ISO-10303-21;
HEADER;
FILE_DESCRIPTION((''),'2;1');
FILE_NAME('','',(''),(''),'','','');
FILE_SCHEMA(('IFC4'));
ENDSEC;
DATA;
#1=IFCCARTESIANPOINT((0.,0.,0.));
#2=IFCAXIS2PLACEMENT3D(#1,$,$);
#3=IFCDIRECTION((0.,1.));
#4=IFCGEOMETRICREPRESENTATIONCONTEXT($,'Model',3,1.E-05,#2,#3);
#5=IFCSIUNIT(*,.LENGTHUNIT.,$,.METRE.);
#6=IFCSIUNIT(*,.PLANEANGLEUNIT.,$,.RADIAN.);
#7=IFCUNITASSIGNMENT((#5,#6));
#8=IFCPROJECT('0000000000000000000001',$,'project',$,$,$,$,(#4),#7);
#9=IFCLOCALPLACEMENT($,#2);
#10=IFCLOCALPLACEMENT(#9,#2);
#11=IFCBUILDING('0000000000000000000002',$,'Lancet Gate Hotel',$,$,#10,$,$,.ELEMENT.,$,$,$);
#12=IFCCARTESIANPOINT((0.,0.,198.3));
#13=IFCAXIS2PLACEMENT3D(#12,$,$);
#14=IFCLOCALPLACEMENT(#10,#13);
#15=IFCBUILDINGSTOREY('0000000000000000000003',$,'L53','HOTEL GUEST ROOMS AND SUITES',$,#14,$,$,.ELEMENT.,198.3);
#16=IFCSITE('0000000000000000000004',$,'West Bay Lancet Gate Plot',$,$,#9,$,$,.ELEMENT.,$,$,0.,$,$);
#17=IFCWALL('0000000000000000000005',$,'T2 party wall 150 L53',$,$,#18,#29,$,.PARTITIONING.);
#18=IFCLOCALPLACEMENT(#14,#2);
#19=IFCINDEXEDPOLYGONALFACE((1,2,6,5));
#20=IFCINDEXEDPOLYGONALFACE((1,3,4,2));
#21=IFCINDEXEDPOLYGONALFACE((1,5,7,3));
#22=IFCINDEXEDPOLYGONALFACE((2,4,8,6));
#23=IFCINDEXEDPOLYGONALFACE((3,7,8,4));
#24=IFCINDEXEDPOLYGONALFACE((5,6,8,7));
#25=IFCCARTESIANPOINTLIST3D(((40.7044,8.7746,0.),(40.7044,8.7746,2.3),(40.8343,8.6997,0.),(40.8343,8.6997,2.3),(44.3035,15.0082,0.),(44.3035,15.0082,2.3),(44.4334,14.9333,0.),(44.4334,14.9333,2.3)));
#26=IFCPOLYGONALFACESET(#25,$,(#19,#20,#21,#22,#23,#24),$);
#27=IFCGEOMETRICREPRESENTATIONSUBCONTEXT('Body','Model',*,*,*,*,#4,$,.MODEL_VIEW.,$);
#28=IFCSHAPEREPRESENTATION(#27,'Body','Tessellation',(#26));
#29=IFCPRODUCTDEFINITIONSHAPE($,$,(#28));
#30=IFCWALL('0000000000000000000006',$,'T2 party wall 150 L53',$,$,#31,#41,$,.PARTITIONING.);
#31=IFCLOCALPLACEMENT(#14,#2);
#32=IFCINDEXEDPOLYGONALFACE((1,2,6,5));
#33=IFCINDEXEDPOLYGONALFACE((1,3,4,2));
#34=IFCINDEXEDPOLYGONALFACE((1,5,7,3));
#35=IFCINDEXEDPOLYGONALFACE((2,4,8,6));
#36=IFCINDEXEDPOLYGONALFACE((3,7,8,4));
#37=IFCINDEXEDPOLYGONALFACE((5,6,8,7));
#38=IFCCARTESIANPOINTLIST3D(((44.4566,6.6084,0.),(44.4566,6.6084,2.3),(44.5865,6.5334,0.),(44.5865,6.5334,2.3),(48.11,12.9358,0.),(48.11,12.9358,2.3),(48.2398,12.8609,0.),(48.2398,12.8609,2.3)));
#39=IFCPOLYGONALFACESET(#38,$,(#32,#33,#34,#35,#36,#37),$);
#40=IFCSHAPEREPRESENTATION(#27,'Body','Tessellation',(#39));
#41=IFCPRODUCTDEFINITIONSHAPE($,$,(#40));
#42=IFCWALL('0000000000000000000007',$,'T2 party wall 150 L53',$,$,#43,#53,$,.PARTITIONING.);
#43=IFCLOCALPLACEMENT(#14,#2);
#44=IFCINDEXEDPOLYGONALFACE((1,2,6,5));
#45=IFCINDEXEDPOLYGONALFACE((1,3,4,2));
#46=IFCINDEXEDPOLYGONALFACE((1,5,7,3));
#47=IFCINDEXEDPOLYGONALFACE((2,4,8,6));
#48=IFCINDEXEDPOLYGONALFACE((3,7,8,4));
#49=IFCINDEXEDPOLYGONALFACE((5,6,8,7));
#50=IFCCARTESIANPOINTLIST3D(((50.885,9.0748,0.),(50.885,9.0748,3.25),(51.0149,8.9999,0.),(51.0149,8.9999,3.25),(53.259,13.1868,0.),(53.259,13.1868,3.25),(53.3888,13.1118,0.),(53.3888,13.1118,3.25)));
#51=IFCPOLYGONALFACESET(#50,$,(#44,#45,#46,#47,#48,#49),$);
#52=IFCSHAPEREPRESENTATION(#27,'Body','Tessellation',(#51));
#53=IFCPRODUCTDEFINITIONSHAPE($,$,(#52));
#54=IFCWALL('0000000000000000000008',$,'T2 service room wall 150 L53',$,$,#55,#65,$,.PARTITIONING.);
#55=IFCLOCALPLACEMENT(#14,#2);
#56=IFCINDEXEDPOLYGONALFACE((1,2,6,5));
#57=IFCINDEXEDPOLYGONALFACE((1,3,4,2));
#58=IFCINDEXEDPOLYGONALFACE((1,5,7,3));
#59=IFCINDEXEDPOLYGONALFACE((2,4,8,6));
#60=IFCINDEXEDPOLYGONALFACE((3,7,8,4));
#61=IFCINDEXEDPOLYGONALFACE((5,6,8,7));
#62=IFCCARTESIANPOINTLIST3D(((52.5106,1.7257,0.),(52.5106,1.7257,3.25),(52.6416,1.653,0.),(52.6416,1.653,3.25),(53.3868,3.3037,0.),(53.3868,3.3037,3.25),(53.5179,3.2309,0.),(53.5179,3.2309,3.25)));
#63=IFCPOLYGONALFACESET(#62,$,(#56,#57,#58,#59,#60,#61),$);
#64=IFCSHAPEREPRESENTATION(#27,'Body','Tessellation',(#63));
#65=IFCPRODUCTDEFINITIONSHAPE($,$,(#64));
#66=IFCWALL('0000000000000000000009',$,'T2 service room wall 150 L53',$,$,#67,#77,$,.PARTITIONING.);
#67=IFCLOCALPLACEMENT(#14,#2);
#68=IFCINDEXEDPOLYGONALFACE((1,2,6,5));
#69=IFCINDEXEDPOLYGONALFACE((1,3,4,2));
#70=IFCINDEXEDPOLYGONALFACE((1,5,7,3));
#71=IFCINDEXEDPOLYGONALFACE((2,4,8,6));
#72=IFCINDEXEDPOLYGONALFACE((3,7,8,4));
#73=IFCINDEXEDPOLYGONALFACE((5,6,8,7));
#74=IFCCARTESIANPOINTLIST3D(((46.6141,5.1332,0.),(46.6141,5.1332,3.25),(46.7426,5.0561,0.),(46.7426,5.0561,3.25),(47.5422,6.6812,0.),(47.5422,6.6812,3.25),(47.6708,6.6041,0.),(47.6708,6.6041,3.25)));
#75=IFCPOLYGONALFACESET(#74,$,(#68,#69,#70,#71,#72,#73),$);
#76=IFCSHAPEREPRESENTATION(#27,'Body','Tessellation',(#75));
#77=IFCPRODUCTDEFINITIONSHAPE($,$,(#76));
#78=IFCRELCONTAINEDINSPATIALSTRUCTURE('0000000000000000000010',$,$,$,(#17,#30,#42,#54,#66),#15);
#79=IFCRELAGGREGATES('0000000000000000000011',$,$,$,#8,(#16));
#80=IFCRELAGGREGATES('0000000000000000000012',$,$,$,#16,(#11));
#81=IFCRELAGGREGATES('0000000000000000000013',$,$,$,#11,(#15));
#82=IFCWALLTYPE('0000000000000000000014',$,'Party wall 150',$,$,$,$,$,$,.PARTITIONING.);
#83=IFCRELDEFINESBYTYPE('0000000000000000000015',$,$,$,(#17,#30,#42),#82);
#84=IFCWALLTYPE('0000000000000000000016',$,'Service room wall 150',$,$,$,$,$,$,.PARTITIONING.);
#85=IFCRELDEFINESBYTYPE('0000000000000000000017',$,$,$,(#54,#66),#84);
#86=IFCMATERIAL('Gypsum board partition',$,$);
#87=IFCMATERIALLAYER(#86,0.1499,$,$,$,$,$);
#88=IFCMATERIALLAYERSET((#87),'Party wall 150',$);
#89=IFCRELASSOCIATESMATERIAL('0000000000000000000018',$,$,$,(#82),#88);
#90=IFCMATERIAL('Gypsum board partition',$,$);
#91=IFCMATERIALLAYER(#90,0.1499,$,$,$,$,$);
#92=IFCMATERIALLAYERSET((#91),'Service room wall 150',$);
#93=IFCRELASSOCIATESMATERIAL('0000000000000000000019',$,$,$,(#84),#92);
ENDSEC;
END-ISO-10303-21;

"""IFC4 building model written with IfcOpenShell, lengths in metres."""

from ifc_helpers import new_model, si_unit, direction, frame, frame_2d, origin, place, context, subcontext, project, spatial, rectangle, extrude, material, layer, layer_set, type_object, element, save


model = new_model("IFC4")

# Units and contexts
model_context = context("Model", 3, precision=1e-05, world=origin(), true_north=direction((0.0, 1.0)))
body_context = subcontext(model_context, "Body", "Model", "MODEL_VIEW")
ifc_project = project(units=[si_unit("LENGTHUNIT", "METRE"), si_unit("PLANEANGLEUNIT", "RADIAN")], contexts=[model_context])

# Site, building, storey
site_placement = place(None, origin())
site = spatial("IfcSite", under=ifc_project, at=site_placement, Name="West Bay Lancet Gate Plot", CompositionType="ELEMENT", RefElevation=0.0)
building_placement = place(site_placement, origin())
building = spatial("IfcBuilding", under=site, at=building_placement, Name="Lancet Gate Hotel", CompositionType="ELEMENT")
storey_placement = place(building_placement, frame((0.0, 0.0, 198.3)))
storey = spatial("IfcBuildingStorey", under=building, at=storey_placement, Name="L53", Description="HOTEL GUEST ROOMS AND SUITES", CompositionType="ELEMENT", Elevation=198.3)

# Walls
ifc_material_1 = material(Name="Gypsum board partition")
ifc_layer_1 = layer(ifc_material_1, 0.1499)
ifc_layer_set_1 = layer_set([ifc_layer_1], Name="Party wall 150")
wall_type_1 = type_object("IfcWallType", Name="Party wall 150", PredefinedType="PARTITIONING", material=ifc_layer_set_1)
wall_1_placement = place(storey_placement, frame((40.7693, 8.7371, 0.0), z_axis=(0.0, 0.0, 1.0), x_axis=(0.500013, 0.866018, 0.0)))
element("IfcWall", 1, at=wall_1_placement, inside=storey, type_object=wall_type_1, Name="T2 party wall 150 L53", PredefinedType="PARTITIONING", context=body_context, shape_type="SweptSolid", body=[
    extrude(rectangle(XDim=7.198, YDim=0.1499, at=frame_2d((3.5991, 0.0))), origin(), (0.0, 0.0, 1.0), 2.3),
])
wall_2_placement = place(storey_placement, frame((44.5215, 6.5708, 0.0), z_axis=(0.0, 0.0, 1.0), x_axis=(0.50002, 0.866014, 0.0)))
element("IfcWall", 2, at=wall_2_placement, inside=storey, type_object=wall_type_1, Name="T2 party wall 150 L53", PredefinedType="PARTITIONING", context=body_context, shape_type="SweptSolid", body=[
    extrude(rectangle(XDim=7.3064, YDim=0.1499, at=frame_2d((3.6533, 0.0))), origin(), (0.0, 0.0, 1.0), 2.3),
])
wall_3_placement = place(storey_placement, frame((50.95, 9.0374, 0.0), z_axis=(0.0, 0.0, 1.0), x_axis=(0.499988, 0.866032, 0.0)))
element("IfcWall", 3, at=wall_3_placement, inside=storey, type_object=wall_type_1, Name="T2 party wall 150 L53", PredefinedType="PARTITIONING", context=body_context, shape_type="SweptSolid", body=[
    extrude(rectangle(XDim=4.748, YDim=0.1499, at=frame_2d((2.374, 0.0))), origin(), (0.0, 0.0, 1.0), 3.25),
])
ifc_material_2 = material(Name="Gypsum board partition")
ifc_layer_2 = layer(ifc_material_2, 0.1499)
ifc_layer_set_2 = layer_set([ifc_layer_2], Name="Service room wall 150")
wall_type_2 = type_object("IfcWallType", Name="Service room wall 150", PredefinedType="PARTITIONING", material=ifc_layer_set_2)
for number, where, z_axis, x_axis, name in (
    (4, (52.5762, 1.6895, 0.0), (0.0, 0.0, 1.0), (0.485482, 0.874247, 0.0), "T2 service room wall 150 L53"),
    (5, (47.6064, 6.6426, 0.0), (0.0, 0.0, 1.0), (-0.514237, -0.857648, 0.0), "T2 service room wall 150 L53"),
):
    element("IfcWall", number, at=place(storey_placement, frame(where, z_axis=z_axis, x_axis=x_axis)), inside=storey, type_object=wall_type_2, Name=name, PredefinedType="PARTITIONING", context=body_context, shape_type="SweptSolid", body=[
        extrude(rectangle(XDim=1.8049, YDim=0.1499, at=frame_2d((0.9023, 0.0))), origin(), (0.0, 0.0, 1.0), 3.25),
    ])

save(model, "model.ifc")
